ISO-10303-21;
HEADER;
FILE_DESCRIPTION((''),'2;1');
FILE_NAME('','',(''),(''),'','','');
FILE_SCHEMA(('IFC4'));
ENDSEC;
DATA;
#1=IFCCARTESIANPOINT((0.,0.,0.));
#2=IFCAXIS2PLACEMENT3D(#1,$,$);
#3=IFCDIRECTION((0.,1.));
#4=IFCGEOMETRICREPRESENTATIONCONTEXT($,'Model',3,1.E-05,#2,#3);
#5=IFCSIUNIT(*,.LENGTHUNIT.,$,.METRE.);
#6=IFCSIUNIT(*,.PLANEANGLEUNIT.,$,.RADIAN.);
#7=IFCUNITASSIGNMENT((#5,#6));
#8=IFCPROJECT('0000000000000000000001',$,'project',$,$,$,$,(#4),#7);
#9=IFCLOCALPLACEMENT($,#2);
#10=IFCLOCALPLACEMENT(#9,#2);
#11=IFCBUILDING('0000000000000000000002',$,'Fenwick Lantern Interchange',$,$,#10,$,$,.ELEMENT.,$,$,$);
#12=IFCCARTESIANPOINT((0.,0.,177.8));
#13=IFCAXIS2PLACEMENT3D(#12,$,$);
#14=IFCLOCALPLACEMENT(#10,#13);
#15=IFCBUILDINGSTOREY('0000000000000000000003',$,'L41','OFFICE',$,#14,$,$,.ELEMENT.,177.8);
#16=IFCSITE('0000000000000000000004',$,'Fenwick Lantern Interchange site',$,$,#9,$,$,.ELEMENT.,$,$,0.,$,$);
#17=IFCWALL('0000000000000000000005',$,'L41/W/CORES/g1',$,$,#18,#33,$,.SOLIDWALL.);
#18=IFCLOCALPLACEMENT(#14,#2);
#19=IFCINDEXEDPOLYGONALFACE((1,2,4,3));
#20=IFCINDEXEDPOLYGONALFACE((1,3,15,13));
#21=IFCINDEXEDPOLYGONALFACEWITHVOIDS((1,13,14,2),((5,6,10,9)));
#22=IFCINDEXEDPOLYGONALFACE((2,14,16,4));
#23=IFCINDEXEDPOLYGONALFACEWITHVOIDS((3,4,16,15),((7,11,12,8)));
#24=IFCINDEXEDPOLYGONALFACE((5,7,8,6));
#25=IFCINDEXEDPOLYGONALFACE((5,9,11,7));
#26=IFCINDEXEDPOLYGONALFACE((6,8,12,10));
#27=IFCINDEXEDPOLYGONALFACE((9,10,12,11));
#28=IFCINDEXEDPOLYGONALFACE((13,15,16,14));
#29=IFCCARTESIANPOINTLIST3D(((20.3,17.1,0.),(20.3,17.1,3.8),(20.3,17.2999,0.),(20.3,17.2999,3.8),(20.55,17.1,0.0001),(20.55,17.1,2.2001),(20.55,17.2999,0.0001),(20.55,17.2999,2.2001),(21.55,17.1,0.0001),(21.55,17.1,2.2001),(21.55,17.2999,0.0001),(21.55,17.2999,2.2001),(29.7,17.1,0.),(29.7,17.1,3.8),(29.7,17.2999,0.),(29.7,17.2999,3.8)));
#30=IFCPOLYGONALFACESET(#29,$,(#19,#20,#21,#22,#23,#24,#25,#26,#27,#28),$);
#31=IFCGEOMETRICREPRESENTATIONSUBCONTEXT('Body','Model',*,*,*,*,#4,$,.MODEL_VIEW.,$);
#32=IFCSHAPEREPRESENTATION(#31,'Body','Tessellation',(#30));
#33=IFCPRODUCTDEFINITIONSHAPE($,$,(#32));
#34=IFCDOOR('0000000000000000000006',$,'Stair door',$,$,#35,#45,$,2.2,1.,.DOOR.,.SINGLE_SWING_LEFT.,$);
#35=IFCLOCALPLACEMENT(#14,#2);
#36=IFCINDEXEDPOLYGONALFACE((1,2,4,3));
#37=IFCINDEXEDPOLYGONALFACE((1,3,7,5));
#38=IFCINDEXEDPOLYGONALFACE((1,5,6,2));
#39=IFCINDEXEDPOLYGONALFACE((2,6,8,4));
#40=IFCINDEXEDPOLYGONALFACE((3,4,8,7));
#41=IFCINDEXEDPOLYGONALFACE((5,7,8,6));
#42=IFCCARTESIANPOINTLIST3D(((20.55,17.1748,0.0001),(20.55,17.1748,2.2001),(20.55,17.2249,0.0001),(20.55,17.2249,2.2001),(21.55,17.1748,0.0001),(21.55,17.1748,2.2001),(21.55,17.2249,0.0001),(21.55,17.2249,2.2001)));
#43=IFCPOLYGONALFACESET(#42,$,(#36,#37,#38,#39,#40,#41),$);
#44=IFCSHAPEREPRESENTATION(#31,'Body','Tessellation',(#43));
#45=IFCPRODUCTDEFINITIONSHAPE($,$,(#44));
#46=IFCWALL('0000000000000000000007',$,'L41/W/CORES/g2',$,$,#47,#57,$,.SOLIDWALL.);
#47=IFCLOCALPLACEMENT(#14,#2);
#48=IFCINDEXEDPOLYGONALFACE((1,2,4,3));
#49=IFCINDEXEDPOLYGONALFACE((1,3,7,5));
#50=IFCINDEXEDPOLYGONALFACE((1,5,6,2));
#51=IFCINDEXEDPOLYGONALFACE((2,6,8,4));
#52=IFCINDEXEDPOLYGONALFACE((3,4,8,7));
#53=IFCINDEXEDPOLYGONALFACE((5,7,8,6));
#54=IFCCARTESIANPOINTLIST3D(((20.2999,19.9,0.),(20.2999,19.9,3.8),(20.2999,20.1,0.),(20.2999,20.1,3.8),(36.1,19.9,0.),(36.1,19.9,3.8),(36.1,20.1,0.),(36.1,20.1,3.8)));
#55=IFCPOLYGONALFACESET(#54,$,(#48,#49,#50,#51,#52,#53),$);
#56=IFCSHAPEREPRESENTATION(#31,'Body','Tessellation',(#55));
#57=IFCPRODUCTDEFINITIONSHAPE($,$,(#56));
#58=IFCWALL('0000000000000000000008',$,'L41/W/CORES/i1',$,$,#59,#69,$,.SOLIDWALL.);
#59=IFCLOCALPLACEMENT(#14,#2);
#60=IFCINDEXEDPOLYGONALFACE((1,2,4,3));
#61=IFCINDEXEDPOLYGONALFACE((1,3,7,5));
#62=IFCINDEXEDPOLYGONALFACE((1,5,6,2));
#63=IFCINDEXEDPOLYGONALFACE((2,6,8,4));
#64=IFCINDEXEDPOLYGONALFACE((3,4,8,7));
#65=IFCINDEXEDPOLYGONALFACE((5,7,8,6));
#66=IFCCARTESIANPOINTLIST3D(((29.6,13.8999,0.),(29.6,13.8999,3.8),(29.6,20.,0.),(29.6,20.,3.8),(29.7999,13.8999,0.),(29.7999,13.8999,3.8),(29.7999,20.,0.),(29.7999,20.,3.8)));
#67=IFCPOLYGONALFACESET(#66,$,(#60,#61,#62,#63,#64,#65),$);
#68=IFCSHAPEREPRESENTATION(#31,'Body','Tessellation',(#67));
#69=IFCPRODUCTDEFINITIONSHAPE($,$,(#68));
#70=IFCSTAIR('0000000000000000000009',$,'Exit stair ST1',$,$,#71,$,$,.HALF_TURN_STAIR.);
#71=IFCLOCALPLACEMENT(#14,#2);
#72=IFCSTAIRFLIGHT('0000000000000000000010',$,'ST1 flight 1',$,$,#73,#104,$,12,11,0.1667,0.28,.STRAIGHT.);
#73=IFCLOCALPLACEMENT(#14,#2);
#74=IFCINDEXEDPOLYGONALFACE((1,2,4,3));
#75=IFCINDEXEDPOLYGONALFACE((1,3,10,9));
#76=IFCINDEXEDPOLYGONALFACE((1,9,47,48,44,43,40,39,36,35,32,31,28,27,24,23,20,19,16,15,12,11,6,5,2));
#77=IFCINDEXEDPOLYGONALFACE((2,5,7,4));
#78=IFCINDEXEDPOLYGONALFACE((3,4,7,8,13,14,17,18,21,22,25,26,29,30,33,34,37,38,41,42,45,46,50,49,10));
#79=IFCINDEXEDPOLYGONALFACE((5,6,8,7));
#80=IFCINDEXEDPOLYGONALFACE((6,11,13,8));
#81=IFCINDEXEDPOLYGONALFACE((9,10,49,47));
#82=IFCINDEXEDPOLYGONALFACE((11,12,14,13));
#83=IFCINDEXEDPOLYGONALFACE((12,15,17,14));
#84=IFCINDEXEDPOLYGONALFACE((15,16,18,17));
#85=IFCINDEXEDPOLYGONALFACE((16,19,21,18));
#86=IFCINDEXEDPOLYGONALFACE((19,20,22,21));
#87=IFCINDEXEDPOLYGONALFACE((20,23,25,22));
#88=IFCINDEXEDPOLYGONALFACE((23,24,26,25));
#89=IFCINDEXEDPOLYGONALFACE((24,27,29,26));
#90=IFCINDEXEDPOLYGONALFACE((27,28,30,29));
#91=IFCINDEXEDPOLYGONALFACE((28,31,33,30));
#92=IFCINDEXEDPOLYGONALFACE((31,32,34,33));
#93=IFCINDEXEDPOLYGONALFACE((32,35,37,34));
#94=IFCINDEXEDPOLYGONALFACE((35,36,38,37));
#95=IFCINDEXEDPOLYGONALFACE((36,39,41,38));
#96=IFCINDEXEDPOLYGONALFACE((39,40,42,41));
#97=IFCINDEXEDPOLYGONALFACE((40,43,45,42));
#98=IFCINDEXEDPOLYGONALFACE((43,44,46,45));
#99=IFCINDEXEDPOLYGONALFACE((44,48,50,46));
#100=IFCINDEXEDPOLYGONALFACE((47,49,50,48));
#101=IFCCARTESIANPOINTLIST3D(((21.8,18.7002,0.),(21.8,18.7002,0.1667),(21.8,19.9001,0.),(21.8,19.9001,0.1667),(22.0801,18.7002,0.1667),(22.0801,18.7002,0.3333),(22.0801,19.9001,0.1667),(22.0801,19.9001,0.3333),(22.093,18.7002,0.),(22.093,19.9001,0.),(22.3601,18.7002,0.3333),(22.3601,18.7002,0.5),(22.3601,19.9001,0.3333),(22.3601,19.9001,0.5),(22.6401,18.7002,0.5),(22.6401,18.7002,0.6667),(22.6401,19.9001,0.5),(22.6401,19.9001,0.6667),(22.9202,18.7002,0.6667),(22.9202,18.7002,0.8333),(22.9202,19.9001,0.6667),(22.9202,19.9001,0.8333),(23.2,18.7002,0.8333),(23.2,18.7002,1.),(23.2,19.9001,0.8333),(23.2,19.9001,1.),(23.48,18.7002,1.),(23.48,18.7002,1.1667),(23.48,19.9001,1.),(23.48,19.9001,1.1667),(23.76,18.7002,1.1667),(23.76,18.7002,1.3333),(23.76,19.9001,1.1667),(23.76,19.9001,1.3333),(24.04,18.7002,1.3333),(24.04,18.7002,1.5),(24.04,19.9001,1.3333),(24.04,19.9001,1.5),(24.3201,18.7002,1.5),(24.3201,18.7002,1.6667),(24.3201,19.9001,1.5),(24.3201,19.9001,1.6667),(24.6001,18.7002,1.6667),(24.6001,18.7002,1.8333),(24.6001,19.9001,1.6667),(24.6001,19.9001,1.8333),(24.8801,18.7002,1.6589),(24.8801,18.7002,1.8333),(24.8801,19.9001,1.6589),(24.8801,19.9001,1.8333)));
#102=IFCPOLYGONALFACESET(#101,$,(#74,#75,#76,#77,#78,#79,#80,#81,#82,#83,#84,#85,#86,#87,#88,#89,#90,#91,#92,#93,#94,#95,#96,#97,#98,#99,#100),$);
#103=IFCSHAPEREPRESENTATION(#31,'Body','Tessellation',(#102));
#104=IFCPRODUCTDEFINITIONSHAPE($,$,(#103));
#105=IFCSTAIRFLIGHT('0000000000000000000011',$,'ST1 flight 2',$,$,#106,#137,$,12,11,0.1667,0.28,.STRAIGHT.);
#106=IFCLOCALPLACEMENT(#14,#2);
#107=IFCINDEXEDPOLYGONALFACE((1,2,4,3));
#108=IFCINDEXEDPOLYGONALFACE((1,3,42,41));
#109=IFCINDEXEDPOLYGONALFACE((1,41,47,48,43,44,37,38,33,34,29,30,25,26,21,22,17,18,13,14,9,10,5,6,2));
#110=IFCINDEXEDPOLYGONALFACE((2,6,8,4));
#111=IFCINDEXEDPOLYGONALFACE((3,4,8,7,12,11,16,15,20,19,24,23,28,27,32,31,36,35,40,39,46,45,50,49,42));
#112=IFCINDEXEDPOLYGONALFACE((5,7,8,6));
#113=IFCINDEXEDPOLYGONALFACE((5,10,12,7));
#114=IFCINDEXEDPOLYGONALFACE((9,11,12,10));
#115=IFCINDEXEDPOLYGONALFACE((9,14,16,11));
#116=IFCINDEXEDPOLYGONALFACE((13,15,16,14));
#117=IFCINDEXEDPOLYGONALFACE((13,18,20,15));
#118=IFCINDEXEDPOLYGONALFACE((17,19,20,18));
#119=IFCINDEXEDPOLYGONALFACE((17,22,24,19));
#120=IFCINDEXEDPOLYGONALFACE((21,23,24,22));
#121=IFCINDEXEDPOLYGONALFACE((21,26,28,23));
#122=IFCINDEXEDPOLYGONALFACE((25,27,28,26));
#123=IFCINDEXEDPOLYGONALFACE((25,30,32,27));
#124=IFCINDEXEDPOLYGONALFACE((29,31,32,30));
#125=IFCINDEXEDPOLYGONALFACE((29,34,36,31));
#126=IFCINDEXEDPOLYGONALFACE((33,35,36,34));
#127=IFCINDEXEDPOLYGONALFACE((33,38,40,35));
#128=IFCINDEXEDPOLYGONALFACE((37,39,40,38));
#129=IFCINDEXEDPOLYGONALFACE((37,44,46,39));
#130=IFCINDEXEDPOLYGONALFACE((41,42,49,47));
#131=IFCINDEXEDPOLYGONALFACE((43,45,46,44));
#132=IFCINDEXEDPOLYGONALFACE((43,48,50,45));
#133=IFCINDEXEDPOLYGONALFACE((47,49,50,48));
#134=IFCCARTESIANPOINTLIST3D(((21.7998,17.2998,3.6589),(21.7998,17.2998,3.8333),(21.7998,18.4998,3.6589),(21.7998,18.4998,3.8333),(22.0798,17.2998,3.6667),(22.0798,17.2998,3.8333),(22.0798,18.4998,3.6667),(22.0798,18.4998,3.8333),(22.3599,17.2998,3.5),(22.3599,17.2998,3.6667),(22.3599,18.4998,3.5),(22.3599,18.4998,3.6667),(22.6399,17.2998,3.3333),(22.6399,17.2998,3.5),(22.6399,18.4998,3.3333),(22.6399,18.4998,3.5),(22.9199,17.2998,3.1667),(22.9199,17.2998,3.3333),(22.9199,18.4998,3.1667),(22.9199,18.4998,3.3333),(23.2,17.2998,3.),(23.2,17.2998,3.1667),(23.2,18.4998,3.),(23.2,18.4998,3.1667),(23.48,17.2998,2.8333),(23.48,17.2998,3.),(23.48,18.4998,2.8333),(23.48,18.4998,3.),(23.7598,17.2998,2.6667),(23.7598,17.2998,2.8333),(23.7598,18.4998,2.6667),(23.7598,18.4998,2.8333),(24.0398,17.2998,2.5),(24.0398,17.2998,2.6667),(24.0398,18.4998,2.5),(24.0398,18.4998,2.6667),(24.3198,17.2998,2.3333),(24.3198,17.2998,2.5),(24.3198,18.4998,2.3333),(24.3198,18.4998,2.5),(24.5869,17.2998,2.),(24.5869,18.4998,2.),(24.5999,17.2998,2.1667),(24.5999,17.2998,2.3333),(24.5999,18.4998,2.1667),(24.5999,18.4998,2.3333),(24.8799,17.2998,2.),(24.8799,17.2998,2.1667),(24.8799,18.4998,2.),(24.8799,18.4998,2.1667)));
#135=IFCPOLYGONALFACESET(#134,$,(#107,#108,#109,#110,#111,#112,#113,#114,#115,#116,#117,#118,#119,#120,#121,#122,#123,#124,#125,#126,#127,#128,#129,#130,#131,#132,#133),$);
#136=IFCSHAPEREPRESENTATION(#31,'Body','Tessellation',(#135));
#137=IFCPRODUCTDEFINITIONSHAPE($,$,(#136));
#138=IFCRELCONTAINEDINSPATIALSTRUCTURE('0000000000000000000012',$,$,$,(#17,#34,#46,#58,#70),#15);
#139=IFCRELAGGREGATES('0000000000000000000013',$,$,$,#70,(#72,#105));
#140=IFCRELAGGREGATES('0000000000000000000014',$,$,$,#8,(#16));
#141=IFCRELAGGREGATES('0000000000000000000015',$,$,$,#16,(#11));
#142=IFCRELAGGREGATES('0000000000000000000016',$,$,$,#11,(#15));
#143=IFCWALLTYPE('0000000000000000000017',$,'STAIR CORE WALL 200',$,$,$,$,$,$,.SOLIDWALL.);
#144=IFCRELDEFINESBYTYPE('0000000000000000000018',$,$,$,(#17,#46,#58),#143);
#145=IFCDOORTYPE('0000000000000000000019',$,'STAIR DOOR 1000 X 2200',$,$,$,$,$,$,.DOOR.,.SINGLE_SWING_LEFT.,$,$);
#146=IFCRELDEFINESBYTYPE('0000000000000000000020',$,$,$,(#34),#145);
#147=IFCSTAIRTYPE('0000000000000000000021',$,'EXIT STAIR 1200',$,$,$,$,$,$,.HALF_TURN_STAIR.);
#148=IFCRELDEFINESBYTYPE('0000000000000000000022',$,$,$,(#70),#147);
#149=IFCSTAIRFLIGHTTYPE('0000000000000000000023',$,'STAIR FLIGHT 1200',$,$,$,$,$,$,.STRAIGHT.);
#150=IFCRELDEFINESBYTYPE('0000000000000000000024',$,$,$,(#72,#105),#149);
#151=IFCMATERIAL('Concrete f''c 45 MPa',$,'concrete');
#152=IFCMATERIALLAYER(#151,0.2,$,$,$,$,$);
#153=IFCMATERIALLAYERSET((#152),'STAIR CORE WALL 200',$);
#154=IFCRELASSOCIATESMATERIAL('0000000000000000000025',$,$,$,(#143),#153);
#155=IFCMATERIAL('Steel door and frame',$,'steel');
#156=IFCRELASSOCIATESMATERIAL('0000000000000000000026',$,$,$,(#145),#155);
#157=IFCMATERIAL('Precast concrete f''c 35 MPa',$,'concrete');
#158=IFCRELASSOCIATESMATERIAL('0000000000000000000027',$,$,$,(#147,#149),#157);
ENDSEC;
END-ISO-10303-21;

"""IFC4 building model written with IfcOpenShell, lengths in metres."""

from ifc_helpers import new_model, si_unit, direction, frame, frame_2d, origin, place, context, subcontext, project, spatial, polyline, rectangle, outline, extrude, material, layer, layer_set, type_object, element, fill, aggregate, save


model = new_model("IFC4")

# Units and contexts
model_context = context("Model", 3, precision=1e-05, world=origin(), true_north=direction((0.0, 1.0)))
body_context = subcontext(model_context, "Body", "Model", "MODEL_VIEW")
ifc_project = project(units=[si_unit("LENGTHUNIT", "METRE"), si_unit("PLANEANGLEUNIT", "RADIAN")], contexts=[model_context])

# Site, building, storey
site_placement = place(None, origin())
site = spatial("IfcSite", under=ifc_project, at=site_placement, Name="Fenwick Lantern Interchange site", CompositionType="ELEMENT", RefElevation=0.0)
building_placement = place(site_placement, origin())
building = spatial("IfcBuilding", under=site, at=building_placement, Name="Fenwick Lantern Interchange", CompositionType="ELEMENT")
storey_placement = place(building_placement, frame((0.0, 0.0, 177.8)))
storey = spatial("IfcBuildingStorey", under=building, at=storey_placement, Name="L41", Description="OFFICE", CompositionType="ELEMENT", Elevation=177.8)

# Shared definitions
ifc_material_1 = material(Name="Steel door and frame", Category="steel")

# Shared definitions
ifc_material_2 = material(Name="Concrete f'c 45 MPa", Category="concrete")
ifc_layer_1 = layer(ifc_material_2, 0.2)
ifc_layer_set_1 = layer_set([ifc_layer_1], Name="STAIR CORE WALL 200")
wall_type_1 = type_object("IfcWallType", Name="STAIR CORE WALL 200", PredefinedType="SOLIDWALL", material=ifc_layer_set_1)

# Wall, opening, door
wall_1_placement = place(storey_placement, frame((20.3, 17.2, 0.0), z_axis=(0.0, 0.0, 1.0), x_axis=(1.0, 0.0, 0.0)))
wall_1 = element("IfcWall", 1, at=wall_1_placement, inside=storey, type_object=wall_type_1, Name="L41/W/CORES/g1", PredefinedType="SOLIDWALL", context=body_context, shape_type="SweptSolid", body=[
    extrude(rectangle(XDim=9.3999, YDim=0.2, at=frame_2d((4.7, 0.0))), origin(), (0.0, 0.0, 1.0), 3.8),
])
opening_1_placement = place(wall_1_placement, frame((0.25, 0.0, 0.0)))
opening_1 = element("IfcOpeningElement", 2, at=opening_1_placement, cuts=wall_1, PredefinedType="OPENING", context=body_context, shape_type="SweptSolid", body=[
    extrude(rectangle(XDim=1.0, YDim=2.2, at=frame_2d((0.5, 1.1001))), frame((0.0, 0.1099, 0.0), z_axis=(0.0, -1.0, 0.0), x_axis=(1.0, 0.0, 0.0)), (0.0, 0.0, 1.0), 0.22),
])
door_type_1 = type_object("IfcDoorType", Name="STAIR DOOR 1000 X 2200", OperationType="SINGLE_SWING_LEFT", PredefinedType="DOOR", material=ifc_material_1)
door_1_placement = place(opening_1_placement, origin())
door_1 = element("IfcDoor", 3, at=door_1_placement, inside=storey, type_object=door_type_1, Name="Stair door", OperationType="SINGLE_SWING_LEFT", OverallHeight=2.2, OverallWidth=1.0, PredefinedType="DOOR", context=body_context, shape_type="SweptSolid", body=[
    extrude(rectangle(XDim=1.0, YDim=2.2, at=frame_2d((0.5, 1.1001))), frame((0.0, 0.0249, 0.0), z_axis=(0.0, -1.0, 0.0), x_axis=(1.0, 0.0, 0.0)), (0.0, 0.0, 1.0), 0.05),
])
fill(opening_1, door_1)

# Walls
wall_2_placement = place(storey_placement, frame((20.3, 20.0, 0.0), z_axis=(0.0, 0.0, 1.0), x_axis=(1.0, 0.0, 0.0)))
element("IfcWall", 4, at=wall_2_placement, inside=storey, type_object=wall_type_1, Name="L41/W/CORES/g2", PredefinedType="SOLIDWALL", context=body_context, shape_type="SweptSolid", body=[
    extrude(rectangle(XDim=15.8, YDim=0.2, at=frame_2d((7.8999, 0.0))), origin(), (0.0, 0.0, 1.0), 3.8),
])
wall_3_placement = place(storey_placement, frame((29.7, 13.8999, 0.0), z_axis=(0.0, 0.0, 1.0), x_axis=(0.0, 1.0, 0.0)))
element("IfcWall", 5, at=wall_3_placement, inside=storey, type_object=wall_type_1, Name="L41/W/CORES/i1", PredefinedType="SOLIDWALL", context=body_context, shape_type="SweptSolid", body=[
    extrude(rectangle(XDim=6.1001, YDim=0.2, at=frame_2d((3.05, 0.0))), origin(), (0.0, 0.0, 1.0), 3.8),
])

# Stair, stair flights
ifc_material_3 = material(Name="Precast concrete f'c 35 MPa", Category="concrete")
stair_type = type_object("IfcStairType", Name="EXIT STAIR 1200", PredefinedType="HALF_TURN_STAIR", material=ifc_material_3)
stair_placement = place(storey_placement, origin())
stair = element("IfcStair", 6, at=stair_placement, inside=storey, type_object=stair_type, Name="Exit stair ST1", PredefinedType="HALF_TURN_STAIR")
stair_flight_type = type_object("IfcStairFlightType", Name="STAIR FLIGHT 1200", PredefinedType="STRAIGHT", material=ifc_material_3)
stair_flight_1_placement = place(storey_placement, frame((21.8, 19.3, 0.0), z_axis=(0.0, 0.0, 1.0), x_axis=(1.0, 0.0, 0.0)))
stair_flight_1 = element("IfcStairFlight", 7, at=stair_flight_1_placement, type_object=stair_flight_type, Name="ST1 flight 1", NumberOfRisers=12, NumberOfTreads=11, PredefinedType="STRAIGHT", RiserHeight=0.1667, TreadLength=0.28, context=body_context, shape_type="SweptSolid", body=[
    extrude(outline(polyline([(0.0, 0.0), (0.0, 0.1667), (0.28, 0.1667), (0.28, 0.3333), (0.5601, 0.3333), (0.5601, 0.5), (0.8401, 0.5), (0.8401, 0.6667), (1.1201, 0.6667), (1.1201, 0.8333), (1.3999, 0.8333), (1.3999, 1.0), (1.6799, 1.0), (1.6799, 1.1667), (1.96, 1.1667), (1.96, 1.3333), (2.24, 1.3333), (2.24, 1.5), (2.52, 1.5), (2.52, 1.6667), (2.8, 1.6667), (2.8, 1.8333), (3.0801, 1.8333), (3.0801, 2.0), (3.0801, 1.6589), (0.293, 0.0), (0.0, 0.0)])), frame((0.0, 0.6001, 0.0), z_axis=(0.0, -1.0, 0.0), x_axis=(1.0, 0.0, 0.0)), (0.0, 0.0, 1.0), 1.2),
])
stair_flight_2_placement = place(storey_placement, frame((24.8799, 17.8999, 2.0), z_axis=(0.0, 0.0, 1.0), x_axis=(-1.0, 0.0, 0.0)))
stair_flight_2 = element("IfcStairFlight", 8, at=stair_flight_2_placement, type_object=stair_flight_type, Name="ST1 flight 2", NumberOfRisers=12, NumberOfTreads=11, PredefinedType="STRAIGHT", RiserHeight=0.1667, TreadLength=0.28, context=body_context, shape_type="SweptSolid", body=[
    extrude(outline(polyline([(0.0, 0.0), (0.0, 0.1667), (0.28, 0.1667), (0.28, 0.3333), (0.5601, 0.3333), (0.5601, 0.5), (0.8401, 0.5), (0.8401, 0.6667), (1.1201, 0.6667), (1.1201, 0.8333), (1.3999, 0.8333), (1.3999, 1.0), (1.6799, 1.0), (1.6799, 1.1667), (1.96, 1.1667), (1.96, 1.3333), (2.24, 1.3333), (2.24, 1.5), (2.52, 1.5), (2.52, 1.6667), (2.8, 1.6667), (2.8, 1.8333), (3.0801, 1.8333), (3.0801, 2.0), (3.0801, 1.6589), (0.293, 0.0), (0.0, 0.0)])), frame((0.0, 0.6001, 0.0), z_axis=(0.0, -1.0, 0.0), x_axis=(1.0, 0.0, 0.0)), (0.0, 0.0, 1.0), 1.2),
])
aggregate(stair, [stair_flight_1, stair_flight_2])

save(model, "model.ifc")
